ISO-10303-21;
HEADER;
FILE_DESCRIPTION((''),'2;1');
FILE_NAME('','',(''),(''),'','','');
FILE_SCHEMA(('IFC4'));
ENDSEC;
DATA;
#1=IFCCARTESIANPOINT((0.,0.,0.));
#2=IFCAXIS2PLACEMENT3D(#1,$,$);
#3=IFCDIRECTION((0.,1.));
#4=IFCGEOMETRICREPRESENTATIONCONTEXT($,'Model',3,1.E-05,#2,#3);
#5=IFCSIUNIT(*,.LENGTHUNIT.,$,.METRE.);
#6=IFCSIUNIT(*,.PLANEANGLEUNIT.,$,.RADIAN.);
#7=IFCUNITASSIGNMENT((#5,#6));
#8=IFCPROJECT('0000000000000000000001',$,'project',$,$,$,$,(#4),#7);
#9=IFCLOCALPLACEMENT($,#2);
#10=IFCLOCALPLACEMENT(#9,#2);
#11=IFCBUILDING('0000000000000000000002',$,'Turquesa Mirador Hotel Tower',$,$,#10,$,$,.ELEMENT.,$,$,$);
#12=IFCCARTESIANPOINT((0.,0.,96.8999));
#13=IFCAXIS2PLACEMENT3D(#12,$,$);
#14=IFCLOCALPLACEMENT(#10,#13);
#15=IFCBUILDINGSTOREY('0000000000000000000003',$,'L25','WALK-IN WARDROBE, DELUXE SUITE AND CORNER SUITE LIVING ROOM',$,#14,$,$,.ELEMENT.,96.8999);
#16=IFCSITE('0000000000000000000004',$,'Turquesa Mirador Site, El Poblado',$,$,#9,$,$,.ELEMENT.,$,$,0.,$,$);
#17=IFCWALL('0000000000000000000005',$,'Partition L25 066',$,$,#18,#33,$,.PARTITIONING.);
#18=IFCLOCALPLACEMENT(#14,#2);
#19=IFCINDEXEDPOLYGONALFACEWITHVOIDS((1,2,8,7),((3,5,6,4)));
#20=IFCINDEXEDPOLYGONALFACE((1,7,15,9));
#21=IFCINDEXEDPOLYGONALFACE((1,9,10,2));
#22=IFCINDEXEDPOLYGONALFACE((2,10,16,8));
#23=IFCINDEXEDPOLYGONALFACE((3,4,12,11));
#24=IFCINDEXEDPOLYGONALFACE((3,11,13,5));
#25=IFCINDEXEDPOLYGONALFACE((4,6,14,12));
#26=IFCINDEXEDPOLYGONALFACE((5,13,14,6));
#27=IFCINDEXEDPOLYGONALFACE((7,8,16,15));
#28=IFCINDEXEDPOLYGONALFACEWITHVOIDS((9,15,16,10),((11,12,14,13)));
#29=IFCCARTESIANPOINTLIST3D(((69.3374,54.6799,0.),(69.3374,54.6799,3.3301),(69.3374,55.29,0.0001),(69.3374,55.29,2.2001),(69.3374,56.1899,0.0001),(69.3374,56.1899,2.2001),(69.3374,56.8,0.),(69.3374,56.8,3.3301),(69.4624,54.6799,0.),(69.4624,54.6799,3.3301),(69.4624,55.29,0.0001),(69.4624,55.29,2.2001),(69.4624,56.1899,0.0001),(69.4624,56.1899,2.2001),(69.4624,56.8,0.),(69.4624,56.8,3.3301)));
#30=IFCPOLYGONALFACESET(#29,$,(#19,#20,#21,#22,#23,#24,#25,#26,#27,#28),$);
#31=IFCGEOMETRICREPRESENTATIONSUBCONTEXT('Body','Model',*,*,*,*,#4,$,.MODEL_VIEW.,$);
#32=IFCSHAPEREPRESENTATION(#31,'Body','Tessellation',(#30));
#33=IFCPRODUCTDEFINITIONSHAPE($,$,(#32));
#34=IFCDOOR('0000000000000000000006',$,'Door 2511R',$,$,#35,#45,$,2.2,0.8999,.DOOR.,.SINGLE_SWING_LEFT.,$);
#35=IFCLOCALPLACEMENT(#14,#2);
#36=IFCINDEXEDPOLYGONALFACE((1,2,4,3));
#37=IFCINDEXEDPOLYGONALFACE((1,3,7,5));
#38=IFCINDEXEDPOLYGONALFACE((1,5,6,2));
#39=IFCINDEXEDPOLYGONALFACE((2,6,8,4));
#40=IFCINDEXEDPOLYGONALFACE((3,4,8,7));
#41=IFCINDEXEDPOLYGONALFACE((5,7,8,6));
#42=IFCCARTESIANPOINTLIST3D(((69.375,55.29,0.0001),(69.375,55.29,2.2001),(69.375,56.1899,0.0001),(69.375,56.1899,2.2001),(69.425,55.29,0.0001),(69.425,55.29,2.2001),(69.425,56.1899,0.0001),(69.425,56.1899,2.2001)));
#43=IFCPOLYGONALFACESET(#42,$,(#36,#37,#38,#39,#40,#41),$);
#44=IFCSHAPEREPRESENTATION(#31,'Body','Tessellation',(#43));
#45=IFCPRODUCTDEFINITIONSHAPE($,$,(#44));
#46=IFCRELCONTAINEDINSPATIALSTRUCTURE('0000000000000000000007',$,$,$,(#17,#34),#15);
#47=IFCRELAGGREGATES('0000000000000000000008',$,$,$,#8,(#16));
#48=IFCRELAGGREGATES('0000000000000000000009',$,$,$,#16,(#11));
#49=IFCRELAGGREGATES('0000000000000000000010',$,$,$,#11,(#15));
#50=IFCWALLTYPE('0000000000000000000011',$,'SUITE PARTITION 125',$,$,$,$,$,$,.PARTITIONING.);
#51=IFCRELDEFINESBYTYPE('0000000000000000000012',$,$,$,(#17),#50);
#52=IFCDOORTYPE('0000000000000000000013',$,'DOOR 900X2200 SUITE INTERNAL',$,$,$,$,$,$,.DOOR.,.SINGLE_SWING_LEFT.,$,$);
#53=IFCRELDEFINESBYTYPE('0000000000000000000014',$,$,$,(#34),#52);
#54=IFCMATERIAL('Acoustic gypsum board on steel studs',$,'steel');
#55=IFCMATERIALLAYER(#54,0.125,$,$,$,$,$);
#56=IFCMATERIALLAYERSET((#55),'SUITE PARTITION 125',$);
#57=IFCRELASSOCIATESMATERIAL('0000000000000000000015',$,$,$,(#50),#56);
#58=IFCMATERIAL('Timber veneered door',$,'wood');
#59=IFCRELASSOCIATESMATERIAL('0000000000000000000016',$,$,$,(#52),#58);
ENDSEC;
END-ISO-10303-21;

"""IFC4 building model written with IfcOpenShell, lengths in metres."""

from ifc_helpers import new_model, si_unit, direction, frame, frame_2d, origin, place, context, subcontext, project, spatial, rectangle, extrude, material, layer, layer_set, type_object, element, fill, save


model = new_model("IFC4")

# Units and contexts
model_context = context("Model", 3, precision=1e-05, world=origin(), true_north=direction((0.0, 1.0)))
body_context = subcontext(model_context, "Body", "Model", "MODEL_VIEW")
ifc_project = project(units=[si_unit("LENGTHUNIT", "METRE"), si_unit("PLANEANGLEUNIT", "RADIAN")], contexts=[model_context])

# Site, building, storey
site_placement = place(None, origin())
site = spatial("IfcSite", under=ifc_project, at=site_placement, Name="Turquesa Mirador Site, El Poblado", CompositionType="ELEMENT", RefElevation=0.0)
building_placement = place(site_placement, origin())
building = spatial("IfcBuilding", under=site, at=building_placement, Name="Turquesa Mirador Hotel Tower", CompositionType="ELEMENT")
storey_placement = place(building_placement, frame((0.0, 0.0, 96.8999)))
storey = spatial("IfcBuildingStorey", under=building, at=storey_placement, Name="L25", Description="WALK-IN WARDROBE, DELUXE SUITE AND CORNER SUITE LIVING ROOM", CompositionType="ELEMENT", Elevation=96.8999)

# Shared definitions
ifc_material_1 = material(Name="Acoustic gypsum board on steel studs", Category="steel")
ifc_layer_1 = layer(ifc_material_1, 0.125)
ifc_layer_set_1 = layer_set([ifc_layer_1], Name="SUITE PARTITION 125")
wall_type_1 = type_object("IfcWallType", Name="SUITE PARTITION 125", PredefinedType="PARTITIONING", material=ifc_layer_set_1)

# Wall, opening, door
wall_1_placement = place(storey_placement, frame((69.3999, 54.6799, 0.0), z_axis=(0.0, 0.0, 1.0), x_axis=(0.0, 1.0, 0.0)))
wall_1 = element("IfcWall", 1, at=wall_1_placement, inside=storey, type_object=wall_type_1, Name="Partition L25 066", PredefinedType="PARTITIONING", context=body_context, shape_type="SweptSolid", body=[
    extrude(rectangle(XDim=2.1201, YDim=0.125, at=frame_2d((1.0601, 0.0))), origin(), (0.0, 0.0, 1.0), 3.3301),
])
opening_1_placement = place(wall_1_placement, frame((0.6101, 0.0, 0.0)))
opening_1 = element("IfcOpeningElement", 2, at=opening_1_placement, cuts=wall_1, PredefinedType="OPENING", context=body_context, shape_type="SweptSolid", body=[
    extrude(rectangle(XDim=0.8999, YDim=2.2, at=frame_2d((0.45, 1.1001))), frame((0.0, 0.0725, 0.0), z_axis=(0.0, -1.0, 0.0), x_axis=(1.0, 0.0, 0.0)), (0.0, 0.0, 1.0), 0.145),
])
ifc_material_2 = material(Name="Timber veneered door", Category="wood")
door_type_1 = type_object("IfcDoorType", Name="DOOR 900X2200 SUITE INTERNAL", OperationType="SINGLE_SWING_LEFT", PredefinedType="DOOR", material=ifc_material_2)
door_1_placement = place(opening_1_placement, origin())
door_1 = element("IfcDoor", 3, at=door_1_placement, inside=storey, type_object=door_type_1, Name="Door 2511R", OperationType="SINGLE_SWING_LEFT", OverallHeight=2.2, OverallWidth=0.8999, PredefinedType="DOOR", context=body_context, shape_type="SweptSolid", body=[
    extrude(rectangle(XDim=0.8999, YDim=2.2, at=frame_2d((0.45, 1.1001))), frame((0.0, 0.0249, 0.0), z_axis=(0.0, -1.0, 0.0), x_axis=(1.0, 0.0, 0.0)), (0.0, 0.0, 1.0), 0.05),
])
fill(opening_1, door_1)

save(model, "model.ifc")
